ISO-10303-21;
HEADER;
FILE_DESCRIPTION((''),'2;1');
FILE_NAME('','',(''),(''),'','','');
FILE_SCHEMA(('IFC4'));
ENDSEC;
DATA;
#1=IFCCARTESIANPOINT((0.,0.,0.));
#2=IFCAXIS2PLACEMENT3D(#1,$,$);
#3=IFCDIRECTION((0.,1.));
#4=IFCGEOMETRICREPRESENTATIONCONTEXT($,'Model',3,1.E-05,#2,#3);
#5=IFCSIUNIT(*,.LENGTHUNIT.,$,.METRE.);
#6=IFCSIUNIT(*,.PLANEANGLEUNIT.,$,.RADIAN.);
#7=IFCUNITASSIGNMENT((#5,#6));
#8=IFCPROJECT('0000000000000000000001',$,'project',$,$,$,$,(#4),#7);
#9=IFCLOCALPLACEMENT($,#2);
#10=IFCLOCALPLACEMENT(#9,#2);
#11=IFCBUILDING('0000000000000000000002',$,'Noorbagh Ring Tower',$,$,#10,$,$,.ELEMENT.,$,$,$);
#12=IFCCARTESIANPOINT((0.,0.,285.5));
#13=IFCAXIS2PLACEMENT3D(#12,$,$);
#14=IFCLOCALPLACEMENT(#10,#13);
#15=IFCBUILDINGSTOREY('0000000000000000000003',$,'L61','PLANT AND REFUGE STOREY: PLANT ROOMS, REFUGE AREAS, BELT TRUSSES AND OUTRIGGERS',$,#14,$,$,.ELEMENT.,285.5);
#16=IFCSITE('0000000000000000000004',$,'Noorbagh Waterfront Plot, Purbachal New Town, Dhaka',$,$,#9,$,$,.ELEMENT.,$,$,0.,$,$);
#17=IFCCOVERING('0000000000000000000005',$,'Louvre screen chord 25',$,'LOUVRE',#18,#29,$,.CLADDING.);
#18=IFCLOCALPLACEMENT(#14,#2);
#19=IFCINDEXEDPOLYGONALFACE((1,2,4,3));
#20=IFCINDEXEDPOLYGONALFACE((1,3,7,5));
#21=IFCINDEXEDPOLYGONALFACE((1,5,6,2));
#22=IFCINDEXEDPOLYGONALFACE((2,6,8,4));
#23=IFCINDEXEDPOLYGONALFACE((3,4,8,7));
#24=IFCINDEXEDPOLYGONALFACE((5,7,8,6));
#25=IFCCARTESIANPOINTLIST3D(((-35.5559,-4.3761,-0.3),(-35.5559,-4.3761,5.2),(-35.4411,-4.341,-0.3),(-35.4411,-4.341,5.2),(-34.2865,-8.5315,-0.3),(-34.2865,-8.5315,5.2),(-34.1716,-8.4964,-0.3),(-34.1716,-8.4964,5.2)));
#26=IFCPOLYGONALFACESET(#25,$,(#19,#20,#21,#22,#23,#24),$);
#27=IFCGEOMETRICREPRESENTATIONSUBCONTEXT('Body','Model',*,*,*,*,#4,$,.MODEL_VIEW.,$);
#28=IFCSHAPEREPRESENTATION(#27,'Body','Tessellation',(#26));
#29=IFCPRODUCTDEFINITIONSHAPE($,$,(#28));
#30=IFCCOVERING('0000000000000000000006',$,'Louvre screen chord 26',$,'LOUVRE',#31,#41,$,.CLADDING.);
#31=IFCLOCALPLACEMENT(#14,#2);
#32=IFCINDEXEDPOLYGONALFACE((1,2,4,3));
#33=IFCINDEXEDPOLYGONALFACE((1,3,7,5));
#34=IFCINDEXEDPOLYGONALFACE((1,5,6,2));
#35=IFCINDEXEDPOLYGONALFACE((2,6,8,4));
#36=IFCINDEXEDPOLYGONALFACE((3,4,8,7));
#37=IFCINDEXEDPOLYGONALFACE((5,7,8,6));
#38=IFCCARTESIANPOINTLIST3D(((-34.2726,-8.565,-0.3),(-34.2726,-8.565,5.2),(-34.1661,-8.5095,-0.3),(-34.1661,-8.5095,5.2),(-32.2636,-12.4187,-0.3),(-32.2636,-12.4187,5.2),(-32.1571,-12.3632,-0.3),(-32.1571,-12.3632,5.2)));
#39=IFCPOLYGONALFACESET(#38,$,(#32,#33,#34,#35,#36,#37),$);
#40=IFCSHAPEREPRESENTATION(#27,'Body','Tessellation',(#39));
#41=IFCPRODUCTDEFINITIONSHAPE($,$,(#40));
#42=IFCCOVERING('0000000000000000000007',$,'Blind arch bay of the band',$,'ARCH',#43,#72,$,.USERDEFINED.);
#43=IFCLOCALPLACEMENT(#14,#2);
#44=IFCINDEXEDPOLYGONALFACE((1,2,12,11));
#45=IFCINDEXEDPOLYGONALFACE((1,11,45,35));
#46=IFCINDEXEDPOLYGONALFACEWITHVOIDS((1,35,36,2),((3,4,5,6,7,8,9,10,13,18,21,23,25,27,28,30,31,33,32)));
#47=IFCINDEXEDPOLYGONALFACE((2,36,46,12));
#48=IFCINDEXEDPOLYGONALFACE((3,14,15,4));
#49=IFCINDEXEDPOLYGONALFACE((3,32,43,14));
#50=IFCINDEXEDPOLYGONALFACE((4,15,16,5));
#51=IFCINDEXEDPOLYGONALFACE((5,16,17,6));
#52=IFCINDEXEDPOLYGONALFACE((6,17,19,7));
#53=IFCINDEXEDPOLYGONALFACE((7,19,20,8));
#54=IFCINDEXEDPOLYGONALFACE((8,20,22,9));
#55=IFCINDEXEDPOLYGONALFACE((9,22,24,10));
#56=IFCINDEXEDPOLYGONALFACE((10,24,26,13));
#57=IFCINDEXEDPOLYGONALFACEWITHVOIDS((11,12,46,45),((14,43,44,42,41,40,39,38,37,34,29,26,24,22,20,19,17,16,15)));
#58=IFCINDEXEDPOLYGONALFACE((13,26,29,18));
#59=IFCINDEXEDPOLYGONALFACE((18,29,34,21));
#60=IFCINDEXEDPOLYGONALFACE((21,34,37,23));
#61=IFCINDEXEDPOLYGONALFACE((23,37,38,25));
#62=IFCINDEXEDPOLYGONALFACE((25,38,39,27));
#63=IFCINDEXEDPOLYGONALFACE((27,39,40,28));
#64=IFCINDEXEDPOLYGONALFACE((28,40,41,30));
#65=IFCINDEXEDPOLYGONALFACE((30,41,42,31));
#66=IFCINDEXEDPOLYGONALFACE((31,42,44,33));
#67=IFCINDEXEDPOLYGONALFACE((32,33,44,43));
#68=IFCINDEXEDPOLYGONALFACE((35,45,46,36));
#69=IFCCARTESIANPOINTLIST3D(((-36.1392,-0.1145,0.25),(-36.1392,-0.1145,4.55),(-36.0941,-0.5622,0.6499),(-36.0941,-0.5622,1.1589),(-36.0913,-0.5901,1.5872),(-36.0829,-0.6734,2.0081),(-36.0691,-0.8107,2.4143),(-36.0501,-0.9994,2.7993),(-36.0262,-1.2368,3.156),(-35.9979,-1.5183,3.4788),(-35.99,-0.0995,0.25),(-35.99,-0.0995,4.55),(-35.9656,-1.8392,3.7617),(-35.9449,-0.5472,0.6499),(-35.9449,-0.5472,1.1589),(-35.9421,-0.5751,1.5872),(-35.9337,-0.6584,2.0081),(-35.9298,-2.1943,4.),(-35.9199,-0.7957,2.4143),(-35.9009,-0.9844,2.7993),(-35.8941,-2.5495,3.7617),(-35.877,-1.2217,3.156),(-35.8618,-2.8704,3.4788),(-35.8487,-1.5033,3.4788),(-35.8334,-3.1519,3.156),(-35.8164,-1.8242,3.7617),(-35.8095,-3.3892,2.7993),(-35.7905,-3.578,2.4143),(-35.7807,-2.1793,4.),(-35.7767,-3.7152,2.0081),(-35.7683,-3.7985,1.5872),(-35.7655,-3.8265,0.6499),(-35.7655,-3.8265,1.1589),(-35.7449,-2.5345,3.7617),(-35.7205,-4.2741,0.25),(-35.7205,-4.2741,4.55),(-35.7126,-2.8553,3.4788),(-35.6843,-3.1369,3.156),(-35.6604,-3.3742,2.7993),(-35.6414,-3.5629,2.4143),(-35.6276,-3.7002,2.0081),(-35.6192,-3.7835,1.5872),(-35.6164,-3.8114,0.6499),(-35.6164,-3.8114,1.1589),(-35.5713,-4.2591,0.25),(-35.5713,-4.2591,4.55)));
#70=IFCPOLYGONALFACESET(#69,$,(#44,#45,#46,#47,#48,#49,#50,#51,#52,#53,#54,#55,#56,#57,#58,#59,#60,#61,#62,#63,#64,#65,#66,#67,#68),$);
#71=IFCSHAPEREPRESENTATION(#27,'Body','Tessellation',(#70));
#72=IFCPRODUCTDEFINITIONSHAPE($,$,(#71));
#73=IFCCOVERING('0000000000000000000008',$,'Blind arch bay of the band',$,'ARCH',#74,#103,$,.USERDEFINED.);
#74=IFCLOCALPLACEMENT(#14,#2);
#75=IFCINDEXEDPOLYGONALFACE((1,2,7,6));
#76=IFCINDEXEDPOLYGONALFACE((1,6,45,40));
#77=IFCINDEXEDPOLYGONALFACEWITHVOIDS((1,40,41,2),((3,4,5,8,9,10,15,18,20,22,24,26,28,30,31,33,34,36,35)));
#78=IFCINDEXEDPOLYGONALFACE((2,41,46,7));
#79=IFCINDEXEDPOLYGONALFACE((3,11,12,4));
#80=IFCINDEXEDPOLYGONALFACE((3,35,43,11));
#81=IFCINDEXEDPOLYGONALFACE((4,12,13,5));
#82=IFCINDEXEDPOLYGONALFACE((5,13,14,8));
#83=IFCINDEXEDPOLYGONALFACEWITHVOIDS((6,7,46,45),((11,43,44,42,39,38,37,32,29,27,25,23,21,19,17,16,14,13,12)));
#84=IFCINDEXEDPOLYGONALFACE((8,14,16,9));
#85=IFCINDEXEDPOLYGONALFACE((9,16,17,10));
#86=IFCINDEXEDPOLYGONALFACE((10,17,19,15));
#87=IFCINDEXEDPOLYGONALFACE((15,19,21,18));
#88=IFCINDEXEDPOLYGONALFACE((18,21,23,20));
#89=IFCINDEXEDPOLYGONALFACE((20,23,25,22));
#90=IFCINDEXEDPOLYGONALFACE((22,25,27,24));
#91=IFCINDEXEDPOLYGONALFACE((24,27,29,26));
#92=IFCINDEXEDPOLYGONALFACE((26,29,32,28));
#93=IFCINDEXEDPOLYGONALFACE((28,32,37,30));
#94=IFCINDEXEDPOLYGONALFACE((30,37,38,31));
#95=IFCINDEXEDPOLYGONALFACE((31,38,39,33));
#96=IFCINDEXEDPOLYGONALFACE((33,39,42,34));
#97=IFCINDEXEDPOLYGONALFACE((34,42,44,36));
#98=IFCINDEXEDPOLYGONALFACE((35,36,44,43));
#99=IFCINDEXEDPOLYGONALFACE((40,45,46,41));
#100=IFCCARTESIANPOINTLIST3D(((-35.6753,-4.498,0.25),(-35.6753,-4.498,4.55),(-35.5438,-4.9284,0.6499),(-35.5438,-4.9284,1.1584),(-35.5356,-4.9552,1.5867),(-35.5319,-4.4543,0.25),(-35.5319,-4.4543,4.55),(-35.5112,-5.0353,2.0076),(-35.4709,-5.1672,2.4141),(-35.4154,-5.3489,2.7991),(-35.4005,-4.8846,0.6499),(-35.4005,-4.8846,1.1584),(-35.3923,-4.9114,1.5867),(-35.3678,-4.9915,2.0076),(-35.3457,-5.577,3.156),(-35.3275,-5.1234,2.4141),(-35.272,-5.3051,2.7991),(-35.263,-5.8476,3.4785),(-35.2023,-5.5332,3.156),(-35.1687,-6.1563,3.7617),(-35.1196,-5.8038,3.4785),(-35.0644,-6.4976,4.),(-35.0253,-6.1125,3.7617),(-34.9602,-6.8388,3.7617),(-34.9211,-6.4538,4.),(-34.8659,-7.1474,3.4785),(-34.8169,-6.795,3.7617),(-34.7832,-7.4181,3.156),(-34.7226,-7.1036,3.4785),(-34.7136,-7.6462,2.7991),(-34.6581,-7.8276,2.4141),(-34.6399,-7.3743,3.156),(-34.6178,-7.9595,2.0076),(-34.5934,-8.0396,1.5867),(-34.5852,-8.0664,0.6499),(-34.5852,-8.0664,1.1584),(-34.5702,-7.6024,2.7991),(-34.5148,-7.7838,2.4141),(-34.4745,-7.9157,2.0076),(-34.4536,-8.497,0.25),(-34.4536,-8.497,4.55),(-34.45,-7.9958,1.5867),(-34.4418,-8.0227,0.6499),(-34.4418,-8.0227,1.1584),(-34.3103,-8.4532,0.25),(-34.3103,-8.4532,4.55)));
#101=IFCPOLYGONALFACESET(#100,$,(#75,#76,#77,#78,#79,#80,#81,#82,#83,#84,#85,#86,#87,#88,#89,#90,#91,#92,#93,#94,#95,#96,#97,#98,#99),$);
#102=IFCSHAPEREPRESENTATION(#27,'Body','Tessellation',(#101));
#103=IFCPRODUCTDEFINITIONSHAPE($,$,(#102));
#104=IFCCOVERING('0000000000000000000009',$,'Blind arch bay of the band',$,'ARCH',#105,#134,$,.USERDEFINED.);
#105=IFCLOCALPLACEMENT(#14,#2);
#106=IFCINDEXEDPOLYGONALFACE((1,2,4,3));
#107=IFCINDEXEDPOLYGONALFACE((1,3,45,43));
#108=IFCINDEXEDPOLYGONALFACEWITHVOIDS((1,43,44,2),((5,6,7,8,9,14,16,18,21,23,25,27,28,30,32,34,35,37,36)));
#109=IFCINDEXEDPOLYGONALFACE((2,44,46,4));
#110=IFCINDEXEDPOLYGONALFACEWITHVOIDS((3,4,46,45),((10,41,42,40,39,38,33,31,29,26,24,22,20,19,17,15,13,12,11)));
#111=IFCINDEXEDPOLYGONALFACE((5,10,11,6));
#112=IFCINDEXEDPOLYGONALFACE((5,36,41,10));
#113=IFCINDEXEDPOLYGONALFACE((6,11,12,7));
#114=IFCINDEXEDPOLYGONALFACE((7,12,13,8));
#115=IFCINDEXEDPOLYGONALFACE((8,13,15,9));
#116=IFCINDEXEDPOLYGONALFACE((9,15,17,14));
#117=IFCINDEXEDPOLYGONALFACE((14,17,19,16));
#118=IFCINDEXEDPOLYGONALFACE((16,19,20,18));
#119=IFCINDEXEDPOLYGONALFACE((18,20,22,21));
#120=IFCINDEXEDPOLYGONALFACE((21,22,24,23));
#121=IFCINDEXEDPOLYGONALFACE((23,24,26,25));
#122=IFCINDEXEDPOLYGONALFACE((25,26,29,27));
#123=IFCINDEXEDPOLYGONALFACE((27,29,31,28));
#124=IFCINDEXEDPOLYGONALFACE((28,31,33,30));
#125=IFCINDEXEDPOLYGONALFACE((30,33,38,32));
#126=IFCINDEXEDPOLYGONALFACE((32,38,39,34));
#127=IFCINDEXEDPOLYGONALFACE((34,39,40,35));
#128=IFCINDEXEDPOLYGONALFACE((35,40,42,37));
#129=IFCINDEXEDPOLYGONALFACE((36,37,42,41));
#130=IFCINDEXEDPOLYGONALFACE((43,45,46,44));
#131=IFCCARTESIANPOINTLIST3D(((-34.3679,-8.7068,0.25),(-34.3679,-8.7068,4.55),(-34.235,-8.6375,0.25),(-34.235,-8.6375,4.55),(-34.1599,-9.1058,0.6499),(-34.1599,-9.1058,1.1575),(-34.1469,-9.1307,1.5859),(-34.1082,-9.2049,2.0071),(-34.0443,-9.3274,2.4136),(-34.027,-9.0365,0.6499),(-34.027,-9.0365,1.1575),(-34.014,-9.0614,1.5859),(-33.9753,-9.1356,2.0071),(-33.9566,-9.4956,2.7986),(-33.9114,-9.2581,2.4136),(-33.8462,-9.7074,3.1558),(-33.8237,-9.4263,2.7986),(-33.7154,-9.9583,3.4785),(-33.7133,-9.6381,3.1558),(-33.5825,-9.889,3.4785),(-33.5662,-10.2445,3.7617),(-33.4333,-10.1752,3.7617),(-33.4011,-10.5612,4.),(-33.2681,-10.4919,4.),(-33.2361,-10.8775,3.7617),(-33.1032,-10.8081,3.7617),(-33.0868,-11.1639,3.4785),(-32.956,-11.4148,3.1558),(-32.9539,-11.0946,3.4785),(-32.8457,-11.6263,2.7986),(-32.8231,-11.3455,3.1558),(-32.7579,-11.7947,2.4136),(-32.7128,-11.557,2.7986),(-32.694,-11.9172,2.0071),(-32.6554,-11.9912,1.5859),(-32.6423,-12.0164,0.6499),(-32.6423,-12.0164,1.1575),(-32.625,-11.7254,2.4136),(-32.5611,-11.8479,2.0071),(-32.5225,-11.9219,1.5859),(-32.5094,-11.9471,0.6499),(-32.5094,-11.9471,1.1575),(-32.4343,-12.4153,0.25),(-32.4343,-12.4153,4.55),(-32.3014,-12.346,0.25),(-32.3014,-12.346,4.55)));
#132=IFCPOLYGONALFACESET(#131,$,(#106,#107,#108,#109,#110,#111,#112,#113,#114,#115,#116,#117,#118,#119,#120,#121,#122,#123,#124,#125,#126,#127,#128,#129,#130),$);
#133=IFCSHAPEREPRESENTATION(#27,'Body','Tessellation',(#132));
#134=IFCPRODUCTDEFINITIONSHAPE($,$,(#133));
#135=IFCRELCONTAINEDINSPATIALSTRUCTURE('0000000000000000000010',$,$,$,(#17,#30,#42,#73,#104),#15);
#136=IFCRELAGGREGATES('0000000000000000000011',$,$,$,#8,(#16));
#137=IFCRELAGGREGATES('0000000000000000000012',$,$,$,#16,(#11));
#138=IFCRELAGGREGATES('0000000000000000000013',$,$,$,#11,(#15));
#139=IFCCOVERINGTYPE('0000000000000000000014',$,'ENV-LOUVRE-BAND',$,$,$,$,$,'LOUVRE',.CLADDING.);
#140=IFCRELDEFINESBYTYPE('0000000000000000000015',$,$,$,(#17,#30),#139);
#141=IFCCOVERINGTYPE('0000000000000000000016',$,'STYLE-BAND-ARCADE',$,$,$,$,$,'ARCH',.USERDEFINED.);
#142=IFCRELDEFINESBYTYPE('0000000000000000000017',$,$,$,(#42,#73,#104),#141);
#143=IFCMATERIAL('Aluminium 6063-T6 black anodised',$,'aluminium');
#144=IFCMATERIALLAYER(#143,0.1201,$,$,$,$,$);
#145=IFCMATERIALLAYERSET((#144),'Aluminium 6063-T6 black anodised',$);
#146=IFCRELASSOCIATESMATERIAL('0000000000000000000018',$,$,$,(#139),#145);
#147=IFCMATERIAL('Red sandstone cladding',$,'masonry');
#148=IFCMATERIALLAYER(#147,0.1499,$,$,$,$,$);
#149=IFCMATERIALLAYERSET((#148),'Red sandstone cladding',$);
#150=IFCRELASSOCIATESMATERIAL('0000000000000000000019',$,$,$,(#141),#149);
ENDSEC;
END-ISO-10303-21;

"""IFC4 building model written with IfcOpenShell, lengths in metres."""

from ifc_helpers import new_model, si_unit, direction, frame, origin, origin_2d, place, context, subcontext, project, spatial, polyline, rectangle, outline, extrude, material, layer, layer_set, type_object, element, save


model = new_model("IFC4")

# Units and contexts
model_context = context("Model", 3, precision=1e-05, world=origin(), true_north=direction((0.0, 1.0)))
body_context = subcontext(model_context, "Body", "Model", "MODEL_VIEW")
ifc_project = project(units=[si_unit("LENGTHUNIT", "METRE"), si_unit("PLANEANGLEUNIT", "RADIAN")], contexts=[model_context])

# Site, building, storey
site_placement = place(None, origin())
site = spatial("IfcSite", under=ifc_project, at=site_placement, Name="Noorbagh Waterfront Plot, Purbachal New Town, Dhaka", CompositionType="ELEMENT", RefElevation=0.0)
building_placement = place(site_placement, origin())
building = spatial("IfcBuilding", under=site, at=building_placement, Name="Noorbagh Ring Tower", CompositionType="ELEMENT")
storey_placement = place(building_placement, frame((0.0, 0.0, 285.5)))
storey = spatial("IfcBuildingStorey", under=building, at=storey_placement, Name="L61", Description="PLANT AND REFUGE STOREY: PLANT ROOMS, REFUGE AREAS, BELT TRUSSES AND OUTRIGGERS", CompositionType="ELEMENT", Elevation=285.5)

# Coverings
ifc_material_1 = material(Name="Aluminium 6063-T6 black anodised", Category="aluminium")
ifc_layer_1 = layer(ifc_material_1, 0.1201)
ifc_layer_set_1 = layer_set([ifc_layer_1], Name="Aluminium 6063-T6 black anodised")
covering_type_1 = type_object("IfcCoveringType", Name="ENV-LOUVRE-BAND", ElementType="LOUVRE", PredefinedType="CLADDING", material=ifc_layer_set_1)
covering_1_placement = place(storey_placement, frame((-34.8638, -6.4363, -0.3), z_axis=(0.0, 0.0, 1.0), x_axis=(0.29217, -0.956366, 0.0)))
element("IfcCovering", 1, at=covering_1_placement, inside=storey, type_object=covering_type_1, Name="Louvre screen chord 25", ObjectType="LOUVRE", PredefinedType="CLADDING", context=body_context, shape_type="SweptSolid", body=[
    extrude(rectangle(XDim=4.345, YDim=0.1201, at=origin_2d()), origin(), (0.0, 0.0, 1.0), 5.5),
])
covering_2_placement = place(storey_placement, frame((-33.2148, -10.4641, -0.3), z_axis=(0.0, 0.0, 1.0), x_axis=(0.462278, -0.886735, 0.0)))
element("IfcCovering", 2, at=covering_2_placement, inside=storey, type_object=covering_type_1, Name="Louvre screen chord 26", ObjectType="LOUVRE", PredefinedType="CLADDING", context=body_context, shape_type="SweptSolid", body=[
    extrude(rectangle(XDim=4.3459, YDim=0.1201, at=origin_2d()), origin(), (0.0, 0.0, 1.0), 5.5),
])
ifc_material_2 = material(Name="Red sandstone cladding", Category="masonry")
ifc_layer_2 = layer(ifc_material_2, 0.1499)
ifc_layer_set_2 = layer_set([ifc_layer_2], Name="Red sandstone cladding")
covering_type_2 = type_object("IfcCoveringType", Name="STYLE-BAND-ARCADE", ElementType="ARCH", PredefinedType="USERDEFINED", material=ifc_layer_set_2)
covering_3_placement = place(storey_placement, frame((-36.1392, -0.1145, 0.25), z_axis=(-0.994972, -0.100151, 0.0), x_axis=(0.100151, -0.994972, 0.0)))
element("IfcCovering", 3, at=covering_3_placement, inside=storey, type_object=covering_type_2, Name="Blind arch bay of the band", ObjectType="ARCH", PredefinedType="USERDEFINED", context=body_context, shape_type="SweptSolid", body=[
    extrude(outline(polyline([(0.0, 0.0), (4.1807, 0.0), (4.1807, 4.3), (0.0, 4.3), (0.0, 0.0)]), holes=[polyline([(0.45, 0.3999), (0.45, 0.9089), (0.478, 1.3372), (0.5618, 1.7581), (0.6997, 2.1643), (0.8894, 2.5493), (1.1279, 2.906), (1.4109, 3.2288), (1.7334, 3.5117), (2.0903, 3.75), (2.4473, 3.5117), (2.7698, 3.2288), (3.0527, 2.906), (3.2913, 2.5493), (3.481, 2.1643), (3.6189, 1.7581), (3.7026, 1.3372), (3.7307, 0.9089), (3.7307, 0.3999), (0.45, 0.3999)])]), origin(), (0.0, 0.0, -1.0), 0.1499),
])
covering_4_placement = place(storey_placement, frame((-35.6753, -4.498, 0.25), z_axis=(-0.956368, -0.292165, 0.0), x_axis=(0.292165, -0.956368, 0.0)))
element("IfcCovering", 4, at=covering_4_placement, inside=storey, type_object=covering_type_2, Name="Blind arch bay of the band", ObjectType="ARCH", PredefinedType="USERDEFINED", context=body_context, shape_type="SweptSolid", body=[
    extrude(outline(polyline([(0.0, 0.0), (4.1814, 0.0), (4.1814, 4.3), (0.0, 4.3), (0.0, 0.0)]), holes=[polyline([(0.45, 0.3999), (0.45, 0.9084), (0.478, 1.3367), (0.5618, 1.7576), (0.6997, 2.1641), (0.8896, 2.5491), (1.1282, 2.906), (1.4111, 3.2285), (1.7339, 3.5117), (2.0908, 3.75), (2.4475, 3.5117), (2.7703, 3.2285), (3.0532, 2.906), (3.2917, 2.5491), (3.4814, 2.1641), (3.6194, 1.7576), (3.7031, 1.3367), (3.7312, 0.9084), (3.7312, 0.3999), (0.45, 0.3999)])]), origin(), (0.0, 0.0, -1.0), 0.1499),
])
covering_5_placement = place(storey_placement, frame((-34.3679, -8.7068, 0.25), z_axis=(-0.88671, -0.462327, 0.0), x_axis=(0.462327, -0.88671, 0.0)))
element("IfcCovering", 5, at=covering_5_placement, inside=storey, type_object=covering_type_2, Name="Blind arch bay of the band", ObjectType="ARCH", PredefinedType="USERDEFINED", context=body_context, shape_type="SweptSolid", body=[
    extrude(outline(polyline([(0.0, 0.0), (4.1824, 0.0), (4.1824, 4.3), (0.0, 4.3), (0.0, 0.0)]), holes=[polyline([(0.45, 0.3999), (0.45, 0.9075), (0.478, 1.3359), (0.5618, 1.7571), (0.7, 2.1636), (0.8896, 2.5486), (1.1284, 2.9058), (1.4114, 3.2285), (1.7341, 3.5117), (2.0913, 3.75), (2.448, 3.5117), (2.771, 3.2285), (3.054, 2.9058), (3.2925, 2.5486), (3.4824, 2.1636), (3.6206, 1.7571), (3.7041, 1.3359), (3.7324, 0.9075), (3.7324, 0.3999), (0.45, 0.3999)])]), origin(), (0.0, 0.0, -1.0), 0.1499),
])

save(model, "model.ifc")
